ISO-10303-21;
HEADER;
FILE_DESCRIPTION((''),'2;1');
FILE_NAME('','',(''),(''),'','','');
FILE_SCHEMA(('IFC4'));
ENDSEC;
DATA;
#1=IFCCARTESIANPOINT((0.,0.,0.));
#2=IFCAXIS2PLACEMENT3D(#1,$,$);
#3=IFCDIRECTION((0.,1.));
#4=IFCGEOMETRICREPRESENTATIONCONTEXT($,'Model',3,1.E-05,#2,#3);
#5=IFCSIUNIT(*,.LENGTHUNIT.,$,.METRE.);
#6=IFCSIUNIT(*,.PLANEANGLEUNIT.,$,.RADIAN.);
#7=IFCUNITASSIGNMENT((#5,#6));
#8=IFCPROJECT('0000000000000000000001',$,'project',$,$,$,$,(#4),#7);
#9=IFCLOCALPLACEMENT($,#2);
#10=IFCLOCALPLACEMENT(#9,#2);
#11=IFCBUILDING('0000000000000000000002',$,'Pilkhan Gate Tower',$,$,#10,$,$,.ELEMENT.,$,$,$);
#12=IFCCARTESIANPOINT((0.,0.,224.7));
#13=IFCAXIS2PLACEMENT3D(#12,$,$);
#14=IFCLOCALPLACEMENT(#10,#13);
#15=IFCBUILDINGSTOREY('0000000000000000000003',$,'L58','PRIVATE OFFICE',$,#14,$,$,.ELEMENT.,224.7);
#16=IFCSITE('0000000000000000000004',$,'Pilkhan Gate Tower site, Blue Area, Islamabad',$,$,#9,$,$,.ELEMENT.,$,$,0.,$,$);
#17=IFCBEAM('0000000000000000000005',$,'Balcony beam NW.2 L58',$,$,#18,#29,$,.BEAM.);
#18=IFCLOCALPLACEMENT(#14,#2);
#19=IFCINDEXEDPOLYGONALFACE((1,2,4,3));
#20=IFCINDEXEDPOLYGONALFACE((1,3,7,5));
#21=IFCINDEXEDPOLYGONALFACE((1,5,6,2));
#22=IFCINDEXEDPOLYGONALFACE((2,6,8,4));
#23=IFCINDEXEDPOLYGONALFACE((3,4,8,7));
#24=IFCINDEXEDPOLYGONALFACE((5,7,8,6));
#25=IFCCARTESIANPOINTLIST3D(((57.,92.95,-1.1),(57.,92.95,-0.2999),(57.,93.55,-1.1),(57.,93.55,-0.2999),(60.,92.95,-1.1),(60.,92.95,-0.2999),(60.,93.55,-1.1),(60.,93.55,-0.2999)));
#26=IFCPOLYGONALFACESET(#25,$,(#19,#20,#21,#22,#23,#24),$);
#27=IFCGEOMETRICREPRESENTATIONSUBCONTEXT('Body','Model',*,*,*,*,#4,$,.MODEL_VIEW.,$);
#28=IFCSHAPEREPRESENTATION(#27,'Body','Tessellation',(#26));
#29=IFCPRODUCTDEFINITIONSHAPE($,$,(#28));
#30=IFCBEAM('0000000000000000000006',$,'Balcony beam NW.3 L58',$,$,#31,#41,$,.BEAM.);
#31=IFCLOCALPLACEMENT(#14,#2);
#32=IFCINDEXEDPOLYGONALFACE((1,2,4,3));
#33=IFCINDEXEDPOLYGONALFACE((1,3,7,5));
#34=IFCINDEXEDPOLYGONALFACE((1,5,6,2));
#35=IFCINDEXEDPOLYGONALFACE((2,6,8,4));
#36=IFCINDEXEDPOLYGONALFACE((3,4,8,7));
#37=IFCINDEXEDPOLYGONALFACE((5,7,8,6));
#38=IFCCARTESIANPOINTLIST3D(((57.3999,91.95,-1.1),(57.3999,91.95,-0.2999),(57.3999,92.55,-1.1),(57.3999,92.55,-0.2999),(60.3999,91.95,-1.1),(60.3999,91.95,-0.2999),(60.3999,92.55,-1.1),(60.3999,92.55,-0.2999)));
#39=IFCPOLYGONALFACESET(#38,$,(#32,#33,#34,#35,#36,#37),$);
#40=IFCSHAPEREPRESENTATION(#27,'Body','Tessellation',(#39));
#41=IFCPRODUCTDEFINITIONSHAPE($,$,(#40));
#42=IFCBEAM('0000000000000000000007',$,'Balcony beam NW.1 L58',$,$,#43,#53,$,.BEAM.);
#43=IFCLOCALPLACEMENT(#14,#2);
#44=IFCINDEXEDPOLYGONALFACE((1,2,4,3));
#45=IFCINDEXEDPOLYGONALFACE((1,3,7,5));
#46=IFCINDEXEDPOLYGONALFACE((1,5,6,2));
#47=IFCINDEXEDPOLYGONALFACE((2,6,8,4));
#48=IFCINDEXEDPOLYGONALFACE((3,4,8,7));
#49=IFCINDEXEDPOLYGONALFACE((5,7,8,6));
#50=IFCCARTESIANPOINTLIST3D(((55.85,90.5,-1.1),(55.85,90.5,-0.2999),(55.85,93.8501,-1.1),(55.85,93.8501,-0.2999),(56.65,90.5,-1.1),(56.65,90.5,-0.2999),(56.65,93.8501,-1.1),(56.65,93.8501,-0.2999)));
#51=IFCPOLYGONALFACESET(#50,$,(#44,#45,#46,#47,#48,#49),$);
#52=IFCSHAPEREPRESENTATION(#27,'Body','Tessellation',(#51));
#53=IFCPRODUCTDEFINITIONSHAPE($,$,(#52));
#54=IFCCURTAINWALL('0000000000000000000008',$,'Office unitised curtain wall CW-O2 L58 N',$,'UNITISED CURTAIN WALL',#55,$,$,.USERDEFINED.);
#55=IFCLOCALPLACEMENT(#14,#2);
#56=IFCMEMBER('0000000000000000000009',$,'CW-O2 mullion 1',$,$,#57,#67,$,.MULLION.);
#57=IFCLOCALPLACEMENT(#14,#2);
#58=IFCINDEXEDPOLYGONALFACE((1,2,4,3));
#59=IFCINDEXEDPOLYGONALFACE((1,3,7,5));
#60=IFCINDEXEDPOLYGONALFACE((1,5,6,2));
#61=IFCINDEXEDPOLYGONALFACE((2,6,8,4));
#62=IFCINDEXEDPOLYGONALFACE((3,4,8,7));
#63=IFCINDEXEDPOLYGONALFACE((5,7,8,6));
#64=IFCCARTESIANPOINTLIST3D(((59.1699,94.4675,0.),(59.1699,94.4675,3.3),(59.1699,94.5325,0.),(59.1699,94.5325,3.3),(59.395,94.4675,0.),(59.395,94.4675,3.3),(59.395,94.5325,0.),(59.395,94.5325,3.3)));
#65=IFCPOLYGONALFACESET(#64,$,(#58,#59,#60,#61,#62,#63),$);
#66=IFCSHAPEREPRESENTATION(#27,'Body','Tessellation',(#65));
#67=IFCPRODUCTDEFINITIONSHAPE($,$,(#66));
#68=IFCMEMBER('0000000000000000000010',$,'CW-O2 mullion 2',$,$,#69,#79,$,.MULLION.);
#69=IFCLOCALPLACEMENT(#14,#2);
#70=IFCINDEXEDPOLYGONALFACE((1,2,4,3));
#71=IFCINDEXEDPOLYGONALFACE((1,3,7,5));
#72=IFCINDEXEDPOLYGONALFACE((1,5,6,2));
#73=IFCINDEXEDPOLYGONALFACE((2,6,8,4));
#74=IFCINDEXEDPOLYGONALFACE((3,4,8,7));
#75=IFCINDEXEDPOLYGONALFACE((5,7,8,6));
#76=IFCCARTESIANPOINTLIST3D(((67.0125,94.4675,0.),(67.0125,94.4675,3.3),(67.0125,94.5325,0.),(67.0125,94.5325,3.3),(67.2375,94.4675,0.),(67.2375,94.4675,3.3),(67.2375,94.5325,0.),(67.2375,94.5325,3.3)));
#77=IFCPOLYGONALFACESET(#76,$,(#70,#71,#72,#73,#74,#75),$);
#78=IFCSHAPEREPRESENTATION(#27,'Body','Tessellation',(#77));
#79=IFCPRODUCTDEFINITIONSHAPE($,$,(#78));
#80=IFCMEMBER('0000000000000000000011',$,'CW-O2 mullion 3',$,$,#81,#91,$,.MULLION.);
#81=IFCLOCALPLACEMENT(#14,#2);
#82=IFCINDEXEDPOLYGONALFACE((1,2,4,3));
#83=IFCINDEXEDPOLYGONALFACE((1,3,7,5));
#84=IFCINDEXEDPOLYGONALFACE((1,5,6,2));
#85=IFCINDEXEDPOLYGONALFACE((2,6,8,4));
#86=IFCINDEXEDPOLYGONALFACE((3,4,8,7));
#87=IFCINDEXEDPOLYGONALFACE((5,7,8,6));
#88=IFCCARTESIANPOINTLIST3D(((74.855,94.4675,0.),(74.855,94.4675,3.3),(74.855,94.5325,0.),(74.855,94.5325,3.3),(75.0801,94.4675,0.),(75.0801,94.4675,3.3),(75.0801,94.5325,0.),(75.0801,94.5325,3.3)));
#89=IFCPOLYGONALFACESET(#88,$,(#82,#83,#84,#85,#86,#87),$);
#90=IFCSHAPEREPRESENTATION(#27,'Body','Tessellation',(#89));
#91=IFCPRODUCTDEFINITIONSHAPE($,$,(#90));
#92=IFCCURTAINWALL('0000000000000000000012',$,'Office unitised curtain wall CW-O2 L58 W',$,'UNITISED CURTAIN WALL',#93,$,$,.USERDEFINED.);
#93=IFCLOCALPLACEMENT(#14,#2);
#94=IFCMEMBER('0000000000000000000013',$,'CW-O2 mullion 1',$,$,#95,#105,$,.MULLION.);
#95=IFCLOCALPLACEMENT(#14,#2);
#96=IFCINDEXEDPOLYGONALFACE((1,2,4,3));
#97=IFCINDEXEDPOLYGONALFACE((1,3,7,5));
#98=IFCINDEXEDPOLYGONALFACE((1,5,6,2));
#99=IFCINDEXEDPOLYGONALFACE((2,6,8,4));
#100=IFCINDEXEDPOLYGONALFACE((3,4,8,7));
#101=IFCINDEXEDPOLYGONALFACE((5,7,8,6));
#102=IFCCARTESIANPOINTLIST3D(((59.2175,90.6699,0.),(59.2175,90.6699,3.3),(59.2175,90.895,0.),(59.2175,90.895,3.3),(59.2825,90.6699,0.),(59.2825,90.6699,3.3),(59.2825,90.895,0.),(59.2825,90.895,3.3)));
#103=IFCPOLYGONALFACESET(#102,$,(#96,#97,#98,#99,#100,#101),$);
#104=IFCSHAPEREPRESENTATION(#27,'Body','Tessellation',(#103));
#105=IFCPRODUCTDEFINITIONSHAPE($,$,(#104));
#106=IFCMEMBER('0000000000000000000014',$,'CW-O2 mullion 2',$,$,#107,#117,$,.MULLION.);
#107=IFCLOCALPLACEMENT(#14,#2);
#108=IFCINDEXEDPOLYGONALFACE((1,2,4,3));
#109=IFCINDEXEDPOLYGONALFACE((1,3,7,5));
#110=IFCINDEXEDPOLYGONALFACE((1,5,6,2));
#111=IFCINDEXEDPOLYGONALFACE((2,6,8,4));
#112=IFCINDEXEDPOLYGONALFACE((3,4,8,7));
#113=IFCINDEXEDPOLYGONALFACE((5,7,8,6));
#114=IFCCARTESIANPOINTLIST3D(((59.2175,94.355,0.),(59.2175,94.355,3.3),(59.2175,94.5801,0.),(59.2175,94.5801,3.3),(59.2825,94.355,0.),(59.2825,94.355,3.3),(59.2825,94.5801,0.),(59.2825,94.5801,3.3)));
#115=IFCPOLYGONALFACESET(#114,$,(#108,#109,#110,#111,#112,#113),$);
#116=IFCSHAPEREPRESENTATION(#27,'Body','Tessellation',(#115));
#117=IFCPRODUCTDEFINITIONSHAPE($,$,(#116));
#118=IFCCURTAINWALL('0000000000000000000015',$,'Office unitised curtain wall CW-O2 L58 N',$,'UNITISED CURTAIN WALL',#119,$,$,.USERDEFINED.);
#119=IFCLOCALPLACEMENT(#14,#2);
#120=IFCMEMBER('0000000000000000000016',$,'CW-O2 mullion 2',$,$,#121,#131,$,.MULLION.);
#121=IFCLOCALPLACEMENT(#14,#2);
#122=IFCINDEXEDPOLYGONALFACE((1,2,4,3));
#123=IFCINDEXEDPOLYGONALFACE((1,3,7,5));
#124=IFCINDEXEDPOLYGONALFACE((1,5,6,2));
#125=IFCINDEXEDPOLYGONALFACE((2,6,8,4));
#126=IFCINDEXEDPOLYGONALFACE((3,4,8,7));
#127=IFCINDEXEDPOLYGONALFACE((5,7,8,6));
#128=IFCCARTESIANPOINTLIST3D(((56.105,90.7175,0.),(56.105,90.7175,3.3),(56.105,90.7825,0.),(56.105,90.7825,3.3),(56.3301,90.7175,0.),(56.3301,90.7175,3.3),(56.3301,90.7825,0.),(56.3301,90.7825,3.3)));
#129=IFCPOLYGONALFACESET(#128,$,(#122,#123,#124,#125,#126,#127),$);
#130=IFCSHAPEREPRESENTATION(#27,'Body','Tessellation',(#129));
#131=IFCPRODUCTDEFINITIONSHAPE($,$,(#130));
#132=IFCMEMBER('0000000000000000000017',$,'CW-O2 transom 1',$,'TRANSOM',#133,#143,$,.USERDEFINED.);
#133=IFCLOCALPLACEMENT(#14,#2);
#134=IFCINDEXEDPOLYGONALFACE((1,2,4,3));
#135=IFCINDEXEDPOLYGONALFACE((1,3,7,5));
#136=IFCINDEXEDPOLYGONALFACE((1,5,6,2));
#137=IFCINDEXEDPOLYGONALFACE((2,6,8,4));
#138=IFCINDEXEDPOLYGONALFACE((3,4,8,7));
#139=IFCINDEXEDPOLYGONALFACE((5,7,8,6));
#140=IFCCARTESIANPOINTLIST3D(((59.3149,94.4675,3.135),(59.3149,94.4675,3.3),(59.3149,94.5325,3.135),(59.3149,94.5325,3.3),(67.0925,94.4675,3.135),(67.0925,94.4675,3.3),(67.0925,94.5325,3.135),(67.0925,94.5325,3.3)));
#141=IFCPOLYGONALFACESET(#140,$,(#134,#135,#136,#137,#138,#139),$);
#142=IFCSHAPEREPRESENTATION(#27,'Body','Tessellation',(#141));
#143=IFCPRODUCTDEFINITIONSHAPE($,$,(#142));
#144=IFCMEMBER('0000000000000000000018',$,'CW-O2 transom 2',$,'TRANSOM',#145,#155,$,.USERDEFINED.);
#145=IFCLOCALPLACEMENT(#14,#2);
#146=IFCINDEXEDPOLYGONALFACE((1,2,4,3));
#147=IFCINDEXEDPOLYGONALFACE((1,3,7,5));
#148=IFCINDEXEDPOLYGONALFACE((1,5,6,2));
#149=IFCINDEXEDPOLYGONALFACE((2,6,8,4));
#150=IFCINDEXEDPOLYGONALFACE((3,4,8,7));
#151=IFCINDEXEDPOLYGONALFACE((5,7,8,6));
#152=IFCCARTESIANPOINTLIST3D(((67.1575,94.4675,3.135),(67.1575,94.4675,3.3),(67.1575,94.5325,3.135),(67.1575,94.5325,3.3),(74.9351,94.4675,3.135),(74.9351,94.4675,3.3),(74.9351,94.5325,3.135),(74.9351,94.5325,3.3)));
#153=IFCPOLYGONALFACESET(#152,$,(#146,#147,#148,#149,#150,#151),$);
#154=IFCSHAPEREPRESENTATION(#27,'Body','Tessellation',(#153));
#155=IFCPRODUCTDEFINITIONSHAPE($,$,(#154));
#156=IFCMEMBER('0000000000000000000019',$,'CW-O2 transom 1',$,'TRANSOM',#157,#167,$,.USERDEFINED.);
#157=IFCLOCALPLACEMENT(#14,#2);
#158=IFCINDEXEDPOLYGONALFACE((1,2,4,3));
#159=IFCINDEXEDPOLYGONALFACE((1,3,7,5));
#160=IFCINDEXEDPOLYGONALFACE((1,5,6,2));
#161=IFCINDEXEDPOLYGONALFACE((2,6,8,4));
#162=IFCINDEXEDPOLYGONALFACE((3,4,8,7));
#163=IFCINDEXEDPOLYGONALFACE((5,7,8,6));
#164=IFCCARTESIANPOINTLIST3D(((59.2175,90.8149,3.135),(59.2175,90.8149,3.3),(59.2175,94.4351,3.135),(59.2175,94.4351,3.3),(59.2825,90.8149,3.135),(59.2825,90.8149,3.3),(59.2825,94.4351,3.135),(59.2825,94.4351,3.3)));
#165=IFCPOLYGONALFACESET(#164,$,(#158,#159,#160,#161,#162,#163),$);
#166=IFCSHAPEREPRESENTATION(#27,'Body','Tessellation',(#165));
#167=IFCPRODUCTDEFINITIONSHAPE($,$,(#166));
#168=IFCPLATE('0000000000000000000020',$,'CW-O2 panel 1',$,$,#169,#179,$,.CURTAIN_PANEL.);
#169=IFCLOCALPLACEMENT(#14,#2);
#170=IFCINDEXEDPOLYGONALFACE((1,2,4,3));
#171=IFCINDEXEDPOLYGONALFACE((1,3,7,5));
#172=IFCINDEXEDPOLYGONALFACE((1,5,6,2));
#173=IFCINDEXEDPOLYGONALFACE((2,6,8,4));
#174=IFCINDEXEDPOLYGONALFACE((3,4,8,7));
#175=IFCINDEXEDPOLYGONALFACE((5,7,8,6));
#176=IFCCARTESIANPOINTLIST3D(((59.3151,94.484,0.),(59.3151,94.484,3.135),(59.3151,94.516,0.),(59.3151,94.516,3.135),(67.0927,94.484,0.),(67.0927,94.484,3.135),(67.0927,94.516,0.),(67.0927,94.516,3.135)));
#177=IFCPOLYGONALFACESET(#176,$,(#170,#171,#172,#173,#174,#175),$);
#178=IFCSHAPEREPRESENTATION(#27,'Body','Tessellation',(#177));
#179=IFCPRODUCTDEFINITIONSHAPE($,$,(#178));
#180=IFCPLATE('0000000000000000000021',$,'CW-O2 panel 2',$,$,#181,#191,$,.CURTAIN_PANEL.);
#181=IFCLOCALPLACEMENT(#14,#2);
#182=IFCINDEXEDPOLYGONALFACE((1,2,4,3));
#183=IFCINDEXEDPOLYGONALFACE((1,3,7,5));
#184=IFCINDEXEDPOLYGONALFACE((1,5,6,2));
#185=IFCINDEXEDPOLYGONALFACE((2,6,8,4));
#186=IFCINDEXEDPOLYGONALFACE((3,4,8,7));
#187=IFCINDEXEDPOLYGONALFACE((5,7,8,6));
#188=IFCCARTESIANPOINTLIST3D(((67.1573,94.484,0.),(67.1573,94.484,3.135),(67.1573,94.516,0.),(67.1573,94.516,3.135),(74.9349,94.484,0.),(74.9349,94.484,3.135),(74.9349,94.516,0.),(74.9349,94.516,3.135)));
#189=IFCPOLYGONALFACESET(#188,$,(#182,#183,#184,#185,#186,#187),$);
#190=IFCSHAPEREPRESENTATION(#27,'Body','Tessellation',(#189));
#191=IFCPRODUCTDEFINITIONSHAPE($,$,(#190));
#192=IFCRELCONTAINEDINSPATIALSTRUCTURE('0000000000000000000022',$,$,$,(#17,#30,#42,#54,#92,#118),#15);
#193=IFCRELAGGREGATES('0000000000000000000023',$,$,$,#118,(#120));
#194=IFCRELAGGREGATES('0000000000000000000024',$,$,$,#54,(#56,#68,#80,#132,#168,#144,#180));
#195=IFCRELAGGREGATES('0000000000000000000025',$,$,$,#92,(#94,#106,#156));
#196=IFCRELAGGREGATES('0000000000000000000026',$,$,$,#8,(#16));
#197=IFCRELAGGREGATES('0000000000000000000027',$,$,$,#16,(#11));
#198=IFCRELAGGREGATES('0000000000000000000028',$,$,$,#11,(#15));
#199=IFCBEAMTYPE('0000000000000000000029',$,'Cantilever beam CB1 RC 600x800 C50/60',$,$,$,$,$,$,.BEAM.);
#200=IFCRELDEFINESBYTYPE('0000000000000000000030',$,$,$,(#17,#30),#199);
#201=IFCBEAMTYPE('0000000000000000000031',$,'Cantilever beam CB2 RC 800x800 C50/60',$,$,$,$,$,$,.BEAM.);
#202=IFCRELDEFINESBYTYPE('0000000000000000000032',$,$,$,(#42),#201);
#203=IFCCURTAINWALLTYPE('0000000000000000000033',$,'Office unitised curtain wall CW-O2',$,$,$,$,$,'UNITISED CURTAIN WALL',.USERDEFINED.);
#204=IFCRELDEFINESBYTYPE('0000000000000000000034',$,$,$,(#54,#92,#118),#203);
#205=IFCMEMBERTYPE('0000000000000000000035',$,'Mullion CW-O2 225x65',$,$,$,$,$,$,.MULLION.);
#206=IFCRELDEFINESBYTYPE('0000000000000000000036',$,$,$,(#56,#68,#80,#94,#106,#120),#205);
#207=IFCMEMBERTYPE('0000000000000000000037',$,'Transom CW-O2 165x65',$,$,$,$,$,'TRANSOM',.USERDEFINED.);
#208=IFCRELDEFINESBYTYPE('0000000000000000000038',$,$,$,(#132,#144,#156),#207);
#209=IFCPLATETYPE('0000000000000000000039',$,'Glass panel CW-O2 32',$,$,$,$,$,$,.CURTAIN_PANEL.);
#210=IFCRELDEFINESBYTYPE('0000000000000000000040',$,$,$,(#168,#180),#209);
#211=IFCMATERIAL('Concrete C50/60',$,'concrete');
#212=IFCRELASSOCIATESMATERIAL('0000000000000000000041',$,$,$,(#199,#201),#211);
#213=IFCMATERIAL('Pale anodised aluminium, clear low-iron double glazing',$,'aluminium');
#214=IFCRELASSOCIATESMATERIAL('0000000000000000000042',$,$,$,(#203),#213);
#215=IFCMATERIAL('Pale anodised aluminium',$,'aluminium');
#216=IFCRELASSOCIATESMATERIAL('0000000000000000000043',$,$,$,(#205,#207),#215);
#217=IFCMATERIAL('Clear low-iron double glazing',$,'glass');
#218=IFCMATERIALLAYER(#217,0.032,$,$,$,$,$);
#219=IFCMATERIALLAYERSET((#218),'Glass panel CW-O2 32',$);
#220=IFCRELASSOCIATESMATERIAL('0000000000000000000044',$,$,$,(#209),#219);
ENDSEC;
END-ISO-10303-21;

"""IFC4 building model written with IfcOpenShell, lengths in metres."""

from ifc_helpers import new_model, si_unit, direction, frame, origin, origin_2d, place, context, subcontext, project, spatial, rectangle, extrude, material, layer, layer_set, material_profile, profile_set, type_object, element, aggregate, save


model = new_model("IFC4")

# Units and contexts
model_context = context("Model", 3, precision=1e-05, world=origin(), true_north=direction((0.0, 1.0)))
body_context = subcontext(model_context, "Body", "Model", "MODEL_VIEW")
ifc_project = project(units=[si_unit("LENGTHUNIT", "METRE"), si_unit("PLANEANGLEUNIT", "RADIAN")], contexts=[model_context])

# Site, building, storey
site_placement = place(None, origin())
site = spatial("IfcSite", under=ifc_project, at=site_placement, Name="Pilkhan Gate Tower site, Blue Area, Islamabad", CompositionType="ELEMENT", RefElevation=0.0)
building_placement = place(site_placement, origin())
building = spatial("IfcBuilding", under=site, at=building_placement, Name="Pilkhan Gate Tower", CompositionType="ELEMENT")
storey_placement = place(building_placement, frame((0.0, 0.0, 224.7)))
storey = spatial("IfcBuildingStorey", under=building, at=storey_placement, Name="L58", Description="PRIVATE OFFICE", CompositionType="ELEMENT", Elevation=224.7)

# Beams
ifc_material_1 = material(Name="Concrete C50/60", Category="concrete")
ifc_material_profile_1 = material_profile(ifc_material_1, rectangle(XDim=0.6001, YDim=0.8, at=origin_2d()), Name="RC 600x800")
ifc_profile_set_1 = profile_set([ifc_material_profile_1], Name="Concrete C50/60")
beam_type_1 = type_object("IfcBeamType", Name="Cantilever beam CB1 RC 600x800 C50/60", PredefinedType="BEAM", material=ifc_profile_set_1)
for number, where, z_axis, x_axis, name in (
    (1, (60.0, 93.25, -0.7), (-1.0, 0.0, 0.0), (0.0, -1.0, 0.0), "Balcony beam NW.2 L58"),
    (2, (60.3999, 92.25, -0.7), (-1.0, 0.0, 0.0), (0.0, -1.0, 0.0), "Balcony beam NW.3 L58"),
):
    element("IfcBeam", number, at=place(storey_placement, frame(where, z_axis=z_axis, x_axis=x_axis)), inside=storey, type_object=beam_type_1, Name=name, PredefinedType="BEAM", context=body_context, shape_type="SweptSolid", body=[
        extrude(rectangle(XDim=0.6001, YDim=0.8, at=origin_2d()), origin(), (0.0, 0.0, 1.0), 3.0),
    ])
ifc_material_profile_2 = material_profile(ifc_material_1, rectangle(XDim=0.8, YDim=0.8, at=origin_2d()), Name="RC 800x800")
ifc_profile_set_2 = profile_set([ifc_material_profile_2], Name="Concrete C50/60")
beam_type_2 = type_object("IfcBeamType", Name="Cantilever beam CB2 RC 800x800 C50/60", PredefinedType="BEAM", material=ifc_profile_set_2)
beam_placement = place(storey_placement, frame((56.25, 90.5, -0.7), z_axis=(0.0, 1.0, 0.0), x_axis=(-1.0, 0.0, 0.0)))
element("IfcBeam", 3, at=beam_placement, inside=storey, type_object=beam_type_2, Name="Balcony beam NW.1 L58", PredefinedType="BEAM", context=body_context, shape_type="SweptSolid", body=[
    extrude(rectangle(XDim=0.8, YDim=0.8, at=origin_2d()), origin(), (0.0, 0.0, 1.0), 3.3501),
])

# Curtain walls, members
ifc_material_2 = material(Name="Pale anodised aluminium, clear low-iron double glazing", Category="aluminium")
curtain_wall_type = type_object("IfcCurtainWallType", Name="Office unitised curtain wall CW-O2", ElementType="UNITISED CURTAIN WALL", PredefinedType="USERDEFINED", material=ifc_material_2)
curtain_wall_1_placement = place(storey_placement, origin())
curtain_wall_1 = element("IfcCurtainWall", 4, at=curtain_wall_1_placement, inside=storey, type_object=curtain_wall_type, Name="Office unitised curtain wall CW-O2 L58 N", ObjectType="UNITISED CURTAIN WALL", PredefinedType="USERDEFINED")
ifc_material_3 = material(Name="Pale anodised aluminium", Category="aluminium")
ifc_material_profile_3 = material_profile(ifc_material_3, rectangle(XDim=0.0649, YDim=0.2251, at=origin_2d()), Name="Mullion 225x65")
ifc_profile_set_3 = profile_set([ifc_material_profile_3], Name="Pale anodised aluminium")
member_type_1 = type_object("IfcMemberType", Name="Mullion CW-O2 225x65", PredefinedType="MULLION", material=ifc_profile_set_3)
member_1_placement = place(storey_placement, frame((59.2825, 94.5, 0.0), z_axis=(0.0, 0.0, 1.0), x_axis=(0.0, 1.0, 0.0)))
member_1 = element("IfcMember", 5, at=member_1_placement, type_object=member_type_1, Name="CW-O2 mullion 1", PredefinedType="MULLION", context=body_context, shape_type="SweptSolid", body=[
    extrude(rectangle(XDim=0.0649, YDim=0.2251, at=origin_2d()), origin(), (0.0, 0.0, 1.0), 3.3),
])
member_2_placement = place(storey_placement, frame((67.125, 94.5, 0.0), z_axis=(0.0, 0.0, 1.0), x_axis=(0.0, 1.0, 0.0)))
member_2 = element("IfcMember", 6, at=member_2_placement, type_object=member_type_1, Name="CW-O2 mullion 2", PredefinedType="MULLION", context=body_context, shape_type="SweptSolid", body=[
    extrude(rectangle(XDim=0.0649, YDim=0.2251, at=origin_2d()), origin(), (0.0, 0.0, 1.0), 3.3),
])
member_3_placement = place(storey_placement, frame((74.9675, 94.5, 0.0), z_axis=(0.0, 0.0, 1.0), x_axis=(0.0, 1.0, 0.0)))
member_3 = element("IfcMember", 7, at=member_3_placement, type_object=member_type_1, Name="CW-O2 mullion 3", PredefinedType="MULLION", context=body_context, shape_type="SweptSolid", body=[
    extrude(rectangle(XDim=0.0649, YDim=0.2251, at=origin_2d()), origin(), (0.0, 0.0, 1.0), 3.3),
])
curtain_wall_2_placement = place(storey_placement, origin())
curtain_wall_2 = element("IfcCurtainWall", 8, at=curtain_wall_2_placement, inside=storey, type_object=curtain_wall_type, Name="Office unitised curtain wall CW-O2 L58 W", ObjectType="UNITISED CURTAIN WALL", PredefinedType="USERDEFINED")
member_4_placement = place(storey_placement, frame((59.25, 90.7825, 0.0), z_axis=(0.0, 0.0, 1.0), x_axis=(-1.0, 0.0, 0.0)))
member_4 = element("IfcMember", 9, at=member_4_placement, type_object=member_type_1, Name="CW-O2 mullion 1", PredefinedType="MULLION", context=body_context, shape_type="SweptSolid", body=[
    extrude(rectangle(XDim=0.0649, YDim=0.2251, at=origin_2d()), origin(), (0.0, 0.0, 1.0), 3.3),
])
member_5_placement = place(storey_placement, frame((59.25, 94.4675, 0.0), z_axis=(0.0, 0.0, 1.0), x_axis=(-1.0, 0.0, 0.0)))
member_5 = element("IfcMember", 10, at=member_5_placement, type_object=member_type_1, Name="CW-O2 mullion 2", PredefinedType="MULLION", context=body_context, shape_type="SweptSolid", body=[
    extrude(rectangle(XDim=0.0649, YDim=0.2251, at=origin_2d()), origin(), (0.0, 0.0, 1.0), 3.3),
])

# Curtain wall, member
curtain_wall_3_placement = place(storey_placement, origin())
curtain_wall_3 = element("IfcCurtainWall", 11, at=curtain_wall_3_placement, inside=storey, type_object=curtain_wall_type, Name="Office unitised curtain wall CW-O2 L58 N", ObjectType="UNITISED CURTAIN WALL", PredefinedType="USERDEFINED")
member_6_placement = place(storey_placement, frame((56.2175, 90.75, 0.0), z_axis=(0.0, 0.0, 1.0), x_axis=(0.0, 1.0, 0.0)))
member_6 = element("IfcMember", 12, at=member_6_placement, type_object=member_type_1, Name="CW-O2 mullion 2", PredefinedType="MULLION", context=body_context, shape_type="SweptSolid", body=[
    extrude(rectangle(XDim=0.0649, YDim=0.2251, at=origin_2d()), origin(), (0.0, 0.0, 1.0), 3.3),
])
aggregate(curtain_wall_3, [member_6])

# Members
ifc_material_profile_4 = material_profile(ifc_material_3, rectangle(XDim=0.0649, YDim=0.165, at=origin_2d()), Name="Transom 165x65")
ifc_profile_set_4 = profile_set([ifc_material_profile_4], Name="Pale anodised aluminium")
member_type_2 = type_object("IfcMemberType", Name="Transom CW-O2 165x65", ElementType="TRANSOM", PredefinedType="USERDEFINED", material=ifc_profile_set_4)
member_7_placement = place(storey_placement, frame((59.3149, 94.5, 3.2175), z_axis=(1.0, 0.0, 0.0), x_axis=(0.0, 1.0, 0.0)))
member_7 = element("IfcMember", 13, at=member_7_placement, type_object=member_type_2, Name="CW-O2 transom 1", ObjectType="TRANSOM", PredefinedType="USERDEFINED", context=body_context, shape_type="SweptSolid", body=[
    extrude(rectangle(XDim=0.0649, YDim=0.165, at=origin_2d()), origin(), (0.0, 0.0, 1.0), 7.7776),
])
member_8_placement = place(storey_placement, frame((67.1575, 94.5, 3.2175), z_axis=(1.0, 0.0, 0.0), x_axis=(0.0, 1.0, 0.0)))
member_8 = element("IfcMember", 14, at=member_8_placement, type_object=member_type_2, Name="CW-O2 transom 2", ObjectType="TRANSOM", PredefinedType="USERDEFINED", context=body_context, shape_type="SweptSolid", body=[
    extrude(rectangle(XDim=0.0649, YDim=0.165, at=origin_2d()), origin(), (0.0, 0.0, 1.0), 7.7776),
])
member_9_placement = place(storey_placement, frame((59.25, 90.8149, 3.2175), z_axis=(0.0, 1.0, 0.0), x_axis=(-1.0, 0.0, 0.0)))
member_9 = element("IfcMember", 15, at=member_9_placement, type_object=member_type_2, Name="CW-O2 transom 1", ObjectType="TRANSOM", PredefinedType="USERDEFINED", context=body_context, shape_type="SweptSolid", body=[
    extrude(rectangle(XDim=0.0649, YDim=0.165, at=origin_2d()), origin(), (0.0, 0.0, 1.0), 3.6201),
])

# Plates
ifc_material_4 = material(Name="Clear low-iron double glazing", Category="glass")
ifc_layer_1 = layer(ifc_material_4, 0.032)
ifc_layer_set_1 = layer_set([ifc_layer_1], Name="Glass panel CW-O2 32")
plate_type = type_object("IfcPlateType", Name="Glass panel CW-O2 32", PredefinedType="CURTAIN_PANEL", material=ifc_layer_set_1)
plate_1_placement = place(storey_placement, frame((63.2039, 94.5, 0.0), z_axis=(0.0, 0.0, 1.0), x_axis=(1.0, 0.0, 0.0)))
plate_1 = element("IfcPlate", 16, at=plate_1_placement, type_object=plate_type, Name="CW-O2 panel 1", PredefinedType="CURTAIN_PANEL", context=body_context, shape_type="SweptSolid", body=[
    extrude(rectangle(XDim=7.7776, YDim=0.032, at=origin_2d()), origin(), (0.0, 0.0, 1.0), 3.135),
])
plate_2_placement = place(storey_placement, frame((71.0461, 94.5, 0.0), z_axis=(0.0, 0.0, 1.0), x_axis=(1.0, 0.0, 0.0)))
plate_2 = element("IfcPlate", 17, at=plate_2_placement, type_object=plate_type, Name="CW-O2 panel 2", PredefinedType="CURTAIN_PANEL", context=body_context, shape_type="SweptSolid", body=[
    extrude(rectangle(XDim=7.7776, YDim=0.032, at=origin_2d()), origin(), (0.0, 0.0, 1.0), 3.135),
])
aggregate(curtain_wall_1, [member_1, member_2, member_3, member_7, plate_1, member_8, plate_2])
aggregate(curtain_wall_2, [member_4, member_5, member_9])

save(model, "model.ifc")
